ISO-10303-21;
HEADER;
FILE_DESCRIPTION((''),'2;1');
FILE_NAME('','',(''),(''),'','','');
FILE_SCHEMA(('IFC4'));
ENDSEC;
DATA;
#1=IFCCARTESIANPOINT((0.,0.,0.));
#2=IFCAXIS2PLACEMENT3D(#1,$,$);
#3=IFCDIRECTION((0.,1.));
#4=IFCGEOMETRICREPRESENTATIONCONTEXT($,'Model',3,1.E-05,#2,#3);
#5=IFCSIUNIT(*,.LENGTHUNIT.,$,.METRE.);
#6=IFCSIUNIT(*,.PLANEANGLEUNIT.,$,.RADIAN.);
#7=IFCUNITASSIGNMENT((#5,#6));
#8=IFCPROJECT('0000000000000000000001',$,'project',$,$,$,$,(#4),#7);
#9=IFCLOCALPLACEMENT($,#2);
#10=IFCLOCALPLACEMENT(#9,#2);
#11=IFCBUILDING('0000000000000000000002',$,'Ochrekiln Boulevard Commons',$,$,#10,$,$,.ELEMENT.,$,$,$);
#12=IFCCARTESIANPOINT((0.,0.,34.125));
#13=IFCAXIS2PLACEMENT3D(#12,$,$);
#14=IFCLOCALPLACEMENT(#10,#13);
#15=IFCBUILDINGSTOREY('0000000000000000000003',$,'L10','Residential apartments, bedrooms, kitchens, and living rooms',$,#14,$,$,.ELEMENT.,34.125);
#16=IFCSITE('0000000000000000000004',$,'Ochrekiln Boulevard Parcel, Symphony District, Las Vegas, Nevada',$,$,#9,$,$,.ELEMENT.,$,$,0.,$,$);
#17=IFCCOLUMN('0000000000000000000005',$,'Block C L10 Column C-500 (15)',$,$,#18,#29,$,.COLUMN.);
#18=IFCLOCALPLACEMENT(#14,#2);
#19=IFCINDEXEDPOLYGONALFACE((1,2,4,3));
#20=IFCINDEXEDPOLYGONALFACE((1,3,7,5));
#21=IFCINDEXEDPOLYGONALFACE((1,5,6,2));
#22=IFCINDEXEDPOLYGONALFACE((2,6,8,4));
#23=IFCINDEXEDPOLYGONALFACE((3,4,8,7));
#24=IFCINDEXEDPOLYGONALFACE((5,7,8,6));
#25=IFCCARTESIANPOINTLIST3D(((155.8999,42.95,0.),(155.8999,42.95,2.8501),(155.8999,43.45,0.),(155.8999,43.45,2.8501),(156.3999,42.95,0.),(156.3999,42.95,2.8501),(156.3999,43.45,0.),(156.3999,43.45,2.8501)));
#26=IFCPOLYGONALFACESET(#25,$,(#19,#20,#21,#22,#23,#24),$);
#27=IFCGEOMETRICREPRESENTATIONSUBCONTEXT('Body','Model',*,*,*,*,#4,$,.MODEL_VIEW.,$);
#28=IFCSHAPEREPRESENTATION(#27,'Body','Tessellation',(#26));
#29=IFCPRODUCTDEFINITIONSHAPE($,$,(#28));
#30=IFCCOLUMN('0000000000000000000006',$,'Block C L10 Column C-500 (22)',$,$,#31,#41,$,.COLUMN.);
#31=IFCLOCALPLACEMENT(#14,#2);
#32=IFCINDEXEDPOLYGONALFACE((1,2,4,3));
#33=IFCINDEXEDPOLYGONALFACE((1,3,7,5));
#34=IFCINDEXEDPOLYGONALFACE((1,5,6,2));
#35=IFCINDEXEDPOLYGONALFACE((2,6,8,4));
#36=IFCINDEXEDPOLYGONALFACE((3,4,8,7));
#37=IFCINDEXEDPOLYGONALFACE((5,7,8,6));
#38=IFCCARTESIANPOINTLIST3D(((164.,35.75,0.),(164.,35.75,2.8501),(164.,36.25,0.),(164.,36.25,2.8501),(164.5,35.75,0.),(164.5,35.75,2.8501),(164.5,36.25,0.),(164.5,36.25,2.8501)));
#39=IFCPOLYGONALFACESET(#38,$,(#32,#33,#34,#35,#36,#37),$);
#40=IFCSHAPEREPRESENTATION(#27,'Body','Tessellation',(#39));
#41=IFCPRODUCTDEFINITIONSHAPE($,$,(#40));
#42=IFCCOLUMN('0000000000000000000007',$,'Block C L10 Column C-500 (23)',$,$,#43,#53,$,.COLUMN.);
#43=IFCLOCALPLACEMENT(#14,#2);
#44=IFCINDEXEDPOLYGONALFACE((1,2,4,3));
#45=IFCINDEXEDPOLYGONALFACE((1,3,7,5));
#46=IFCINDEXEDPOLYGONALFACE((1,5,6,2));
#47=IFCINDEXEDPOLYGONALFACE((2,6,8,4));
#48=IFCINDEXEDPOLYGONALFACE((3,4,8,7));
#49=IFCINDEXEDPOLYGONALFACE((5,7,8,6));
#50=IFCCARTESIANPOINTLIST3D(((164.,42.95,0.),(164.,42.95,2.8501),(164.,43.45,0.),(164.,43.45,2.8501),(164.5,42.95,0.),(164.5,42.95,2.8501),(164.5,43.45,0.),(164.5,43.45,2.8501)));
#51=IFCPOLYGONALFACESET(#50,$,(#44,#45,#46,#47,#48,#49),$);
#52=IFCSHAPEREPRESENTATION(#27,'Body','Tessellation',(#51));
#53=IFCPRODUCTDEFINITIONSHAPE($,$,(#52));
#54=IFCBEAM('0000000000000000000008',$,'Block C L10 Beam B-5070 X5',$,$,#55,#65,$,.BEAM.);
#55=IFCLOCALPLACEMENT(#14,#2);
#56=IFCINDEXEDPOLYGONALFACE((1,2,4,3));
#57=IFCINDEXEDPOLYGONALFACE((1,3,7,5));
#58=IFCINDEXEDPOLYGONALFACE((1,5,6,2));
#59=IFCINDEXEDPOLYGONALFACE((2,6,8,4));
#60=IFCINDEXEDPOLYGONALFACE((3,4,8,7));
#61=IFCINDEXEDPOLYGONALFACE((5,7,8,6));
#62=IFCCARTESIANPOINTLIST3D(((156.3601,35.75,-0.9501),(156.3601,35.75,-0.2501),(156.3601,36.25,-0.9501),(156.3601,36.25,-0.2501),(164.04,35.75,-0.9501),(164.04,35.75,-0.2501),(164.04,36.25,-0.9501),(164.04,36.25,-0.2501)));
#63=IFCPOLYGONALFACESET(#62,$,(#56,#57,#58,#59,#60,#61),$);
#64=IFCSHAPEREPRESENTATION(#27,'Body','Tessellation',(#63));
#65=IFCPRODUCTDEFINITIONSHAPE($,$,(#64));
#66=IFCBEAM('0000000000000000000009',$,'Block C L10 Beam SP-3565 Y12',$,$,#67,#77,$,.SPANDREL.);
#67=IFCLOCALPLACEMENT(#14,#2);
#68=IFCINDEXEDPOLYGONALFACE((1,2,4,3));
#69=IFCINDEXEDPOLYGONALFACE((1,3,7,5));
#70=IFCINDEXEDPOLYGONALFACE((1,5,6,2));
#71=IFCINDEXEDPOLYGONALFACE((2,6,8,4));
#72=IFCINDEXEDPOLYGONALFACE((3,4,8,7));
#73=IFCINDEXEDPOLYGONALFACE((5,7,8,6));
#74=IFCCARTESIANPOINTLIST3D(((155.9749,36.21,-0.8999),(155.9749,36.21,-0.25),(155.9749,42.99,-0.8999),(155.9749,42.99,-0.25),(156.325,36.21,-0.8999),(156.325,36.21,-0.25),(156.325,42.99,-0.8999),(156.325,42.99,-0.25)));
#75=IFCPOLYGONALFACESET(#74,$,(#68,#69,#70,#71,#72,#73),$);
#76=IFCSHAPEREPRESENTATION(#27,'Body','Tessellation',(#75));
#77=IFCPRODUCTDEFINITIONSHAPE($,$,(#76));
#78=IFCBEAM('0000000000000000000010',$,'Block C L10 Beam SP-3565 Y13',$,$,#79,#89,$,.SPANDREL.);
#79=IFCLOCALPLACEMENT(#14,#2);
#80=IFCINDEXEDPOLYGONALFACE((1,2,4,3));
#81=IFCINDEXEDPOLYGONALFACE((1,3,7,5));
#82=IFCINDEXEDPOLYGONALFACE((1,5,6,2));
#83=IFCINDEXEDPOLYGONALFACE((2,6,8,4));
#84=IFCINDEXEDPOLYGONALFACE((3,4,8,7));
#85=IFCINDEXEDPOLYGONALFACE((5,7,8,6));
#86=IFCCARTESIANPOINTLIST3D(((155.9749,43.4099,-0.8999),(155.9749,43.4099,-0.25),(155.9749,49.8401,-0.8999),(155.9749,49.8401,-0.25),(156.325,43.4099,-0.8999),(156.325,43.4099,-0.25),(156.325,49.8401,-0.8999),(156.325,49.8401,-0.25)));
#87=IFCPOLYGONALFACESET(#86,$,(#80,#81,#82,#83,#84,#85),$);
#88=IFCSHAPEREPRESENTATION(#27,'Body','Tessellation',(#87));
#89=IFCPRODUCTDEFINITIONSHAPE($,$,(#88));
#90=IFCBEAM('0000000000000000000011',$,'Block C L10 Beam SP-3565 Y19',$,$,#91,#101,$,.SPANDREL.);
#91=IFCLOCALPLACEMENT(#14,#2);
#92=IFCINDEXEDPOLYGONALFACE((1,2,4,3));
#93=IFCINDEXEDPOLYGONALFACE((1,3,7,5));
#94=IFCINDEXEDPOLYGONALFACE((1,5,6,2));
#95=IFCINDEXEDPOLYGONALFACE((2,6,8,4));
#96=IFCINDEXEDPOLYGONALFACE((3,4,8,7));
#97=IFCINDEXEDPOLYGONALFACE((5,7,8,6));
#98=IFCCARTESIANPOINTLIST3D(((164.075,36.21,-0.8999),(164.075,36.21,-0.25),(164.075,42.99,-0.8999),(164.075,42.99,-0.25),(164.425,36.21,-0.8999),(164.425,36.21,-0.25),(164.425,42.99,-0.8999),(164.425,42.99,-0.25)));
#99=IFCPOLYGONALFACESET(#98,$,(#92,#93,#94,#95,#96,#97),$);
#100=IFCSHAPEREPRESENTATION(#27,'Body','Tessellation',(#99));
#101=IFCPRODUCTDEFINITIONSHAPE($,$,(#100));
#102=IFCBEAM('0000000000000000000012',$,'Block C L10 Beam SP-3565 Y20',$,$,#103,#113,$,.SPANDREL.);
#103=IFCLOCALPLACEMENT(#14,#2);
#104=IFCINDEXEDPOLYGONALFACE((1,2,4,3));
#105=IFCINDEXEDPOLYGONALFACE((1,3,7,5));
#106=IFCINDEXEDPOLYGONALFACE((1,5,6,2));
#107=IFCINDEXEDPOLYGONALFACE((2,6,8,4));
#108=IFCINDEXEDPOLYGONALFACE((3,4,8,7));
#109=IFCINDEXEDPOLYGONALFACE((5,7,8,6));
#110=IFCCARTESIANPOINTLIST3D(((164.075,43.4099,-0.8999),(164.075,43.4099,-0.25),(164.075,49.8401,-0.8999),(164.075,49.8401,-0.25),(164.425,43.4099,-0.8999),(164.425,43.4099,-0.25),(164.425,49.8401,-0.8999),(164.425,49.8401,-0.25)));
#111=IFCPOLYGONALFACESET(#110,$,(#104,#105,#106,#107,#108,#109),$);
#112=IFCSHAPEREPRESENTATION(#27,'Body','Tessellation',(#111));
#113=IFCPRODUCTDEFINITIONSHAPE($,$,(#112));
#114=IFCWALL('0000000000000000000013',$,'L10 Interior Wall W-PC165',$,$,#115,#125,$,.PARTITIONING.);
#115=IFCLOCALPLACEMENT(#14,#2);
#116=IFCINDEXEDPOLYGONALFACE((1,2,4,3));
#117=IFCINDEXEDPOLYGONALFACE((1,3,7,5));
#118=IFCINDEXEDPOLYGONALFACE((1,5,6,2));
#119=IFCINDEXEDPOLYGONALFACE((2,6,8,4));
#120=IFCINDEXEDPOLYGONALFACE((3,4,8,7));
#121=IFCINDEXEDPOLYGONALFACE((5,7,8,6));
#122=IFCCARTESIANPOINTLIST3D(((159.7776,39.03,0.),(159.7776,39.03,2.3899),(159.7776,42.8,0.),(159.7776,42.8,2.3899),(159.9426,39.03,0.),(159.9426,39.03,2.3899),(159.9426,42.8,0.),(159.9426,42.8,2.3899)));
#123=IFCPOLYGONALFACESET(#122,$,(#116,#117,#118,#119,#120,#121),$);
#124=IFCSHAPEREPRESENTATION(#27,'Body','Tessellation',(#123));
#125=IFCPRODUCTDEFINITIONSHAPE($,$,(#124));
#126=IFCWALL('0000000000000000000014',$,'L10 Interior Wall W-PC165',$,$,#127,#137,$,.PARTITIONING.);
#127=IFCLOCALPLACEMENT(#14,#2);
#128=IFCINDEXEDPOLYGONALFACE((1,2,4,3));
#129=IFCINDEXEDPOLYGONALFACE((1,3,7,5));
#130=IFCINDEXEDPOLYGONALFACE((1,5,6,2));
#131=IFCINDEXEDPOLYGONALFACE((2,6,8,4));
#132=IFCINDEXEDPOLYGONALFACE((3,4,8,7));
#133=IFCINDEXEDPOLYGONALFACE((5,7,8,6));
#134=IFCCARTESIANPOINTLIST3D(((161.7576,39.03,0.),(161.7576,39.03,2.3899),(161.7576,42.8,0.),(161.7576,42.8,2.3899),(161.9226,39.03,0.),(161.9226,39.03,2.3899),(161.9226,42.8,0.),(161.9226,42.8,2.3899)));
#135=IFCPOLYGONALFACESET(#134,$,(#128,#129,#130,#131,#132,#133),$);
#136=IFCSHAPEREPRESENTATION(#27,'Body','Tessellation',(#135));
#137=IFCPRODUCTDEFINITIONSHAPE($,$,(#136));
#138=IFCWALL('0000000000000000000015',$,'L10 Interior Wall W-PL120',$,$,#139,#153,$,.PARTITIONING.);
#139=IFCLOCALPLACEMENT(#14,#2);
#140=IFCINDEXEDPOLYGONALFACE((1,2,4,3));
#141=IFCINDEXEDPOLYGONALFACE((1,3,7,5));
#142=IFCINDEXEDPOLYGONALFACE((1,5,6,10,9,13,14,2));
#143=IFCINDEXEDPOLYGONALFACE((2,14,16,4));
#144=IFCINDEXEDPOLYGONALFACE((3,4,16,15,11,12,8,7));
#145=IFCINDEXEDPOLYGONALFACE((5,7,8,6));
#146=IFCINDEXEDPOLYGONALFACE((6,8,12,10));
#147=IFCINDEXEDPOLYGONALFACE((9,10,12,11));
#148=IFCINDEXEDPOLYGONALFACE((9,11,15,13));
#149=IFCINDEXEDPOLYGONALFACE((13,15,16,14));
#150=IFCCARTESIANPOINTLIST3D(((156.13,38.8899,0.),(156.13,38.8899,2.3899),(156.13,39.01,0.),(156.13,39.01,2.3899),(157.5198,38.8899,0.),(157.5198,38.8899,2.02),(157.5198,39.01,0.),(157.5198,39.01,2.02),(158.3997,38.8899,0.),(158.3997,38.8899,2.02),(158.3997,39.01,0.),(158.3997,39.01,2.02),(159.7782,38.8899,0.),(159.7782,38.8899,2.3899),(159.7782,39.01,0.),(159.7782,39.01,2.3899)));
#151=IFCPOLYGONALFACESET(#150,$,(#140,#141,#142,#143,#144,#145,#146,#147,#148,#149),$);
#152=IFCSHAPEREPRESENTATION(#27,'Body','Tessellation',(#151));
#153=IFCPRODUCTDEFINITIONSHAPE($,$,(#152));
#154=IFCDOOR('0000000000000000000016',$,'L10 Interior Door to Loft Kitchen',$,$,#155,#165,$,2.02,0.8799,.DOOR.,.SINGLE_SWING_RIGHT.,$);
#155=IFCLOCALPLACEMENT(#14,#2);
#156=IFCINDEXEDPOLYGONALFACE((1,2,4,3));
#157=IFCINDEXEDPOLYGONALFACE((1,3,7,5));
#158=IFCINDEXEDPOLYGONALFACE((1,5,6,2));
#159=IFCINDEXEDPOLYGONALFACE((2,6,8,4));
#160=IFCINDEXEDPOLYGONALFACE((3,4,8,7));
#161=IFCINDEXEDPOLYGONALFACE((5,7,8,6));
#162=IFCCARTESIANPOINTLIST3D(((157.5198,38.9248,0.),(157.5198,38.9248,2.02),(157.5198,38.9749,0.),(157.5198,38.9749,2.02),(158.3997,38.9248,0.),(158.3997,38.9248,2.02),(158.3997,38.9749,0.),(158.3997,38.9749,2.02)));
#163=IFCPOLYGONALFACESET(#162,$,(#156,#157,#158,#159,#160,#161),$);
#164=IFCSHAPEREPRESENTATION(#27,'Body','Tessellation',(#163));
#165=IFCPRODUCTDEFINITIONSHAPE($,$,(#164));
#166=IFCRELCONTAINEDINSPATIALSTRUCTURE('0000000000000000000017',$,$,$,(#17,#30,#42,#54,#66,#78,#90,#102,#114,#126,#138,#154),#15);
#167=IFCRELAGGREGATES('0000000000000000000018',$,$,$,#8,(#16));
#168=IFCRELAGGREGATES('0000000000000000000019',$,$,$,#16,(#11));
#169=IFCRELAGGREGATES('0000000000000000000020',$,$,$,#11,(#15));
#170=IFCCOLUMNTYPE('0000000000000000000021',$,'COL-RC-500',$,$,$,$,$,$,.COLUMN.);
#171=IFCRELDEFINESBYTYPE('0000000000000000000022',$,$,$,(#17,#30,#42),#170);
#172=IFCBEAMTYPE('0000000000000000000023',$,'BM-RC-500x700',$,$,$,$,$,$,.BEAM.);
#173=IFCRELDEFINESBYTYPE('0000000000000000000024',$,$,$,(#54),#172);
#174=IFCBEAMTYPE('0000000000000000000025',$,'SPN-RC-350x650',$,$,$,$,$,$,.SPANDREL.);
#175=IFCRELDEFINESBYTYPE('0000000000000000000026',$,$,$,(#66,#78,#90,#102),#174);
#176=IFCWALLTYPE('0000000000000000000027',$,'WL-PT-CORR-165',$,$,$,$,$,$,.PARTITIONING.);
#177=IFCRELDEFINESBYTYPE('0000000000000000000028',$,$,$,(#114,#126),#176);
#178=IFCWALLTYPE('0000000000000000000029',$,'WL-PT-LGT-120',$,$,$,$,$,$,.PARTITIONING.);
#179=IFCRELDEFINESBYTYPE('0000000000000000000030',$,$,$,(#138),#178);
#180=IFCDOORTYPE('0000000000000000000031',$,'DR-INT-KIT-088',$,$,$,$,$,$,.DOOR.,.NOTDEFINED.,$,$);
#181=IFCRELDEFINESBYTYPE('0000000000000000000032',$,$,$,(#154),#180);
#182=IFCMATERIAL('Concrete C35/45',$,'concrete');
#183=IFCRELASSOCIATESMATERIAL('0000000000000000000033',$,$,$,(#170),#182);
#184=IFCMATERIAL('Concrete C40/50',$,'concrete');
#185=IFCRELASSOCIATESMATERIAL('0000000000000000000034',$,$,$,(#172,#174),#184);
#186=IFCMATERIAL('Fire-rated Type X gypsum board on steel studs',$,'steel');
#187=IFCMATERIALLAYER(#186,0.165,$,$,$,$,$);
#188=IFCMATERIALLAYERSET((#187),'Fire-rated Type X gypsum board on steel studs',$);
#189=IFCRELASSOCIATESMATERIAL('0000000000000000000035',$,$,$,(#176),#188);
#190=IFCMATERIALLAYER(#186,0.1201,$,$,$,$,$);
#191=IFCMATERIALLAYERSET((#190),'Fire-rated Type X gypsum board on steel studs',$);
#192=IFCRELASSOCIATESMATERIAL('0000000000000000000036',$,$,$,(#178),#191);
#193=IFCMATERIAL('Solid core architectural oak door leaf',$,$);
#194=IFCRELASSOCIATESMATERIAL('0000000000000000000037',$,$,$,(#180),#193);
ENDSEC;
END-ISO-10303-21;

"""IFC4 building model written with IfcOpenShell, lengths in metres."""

from ifc_helpers import new_model, si_unit, direction, frame, frame_2d, origin, origin_2d, place, context, subcontext, project, spatial, rectangle, extrude, material, layer, layer_set, material_profile, profile_set, type_object, element, fill, save


model = new_model("IFC4")

# Units and contexts
model_context = context("Model", 3, precision=1e-05, world=origin(), true_north=direction((0.0, 1.0)))
body_context = subcontext(model_context, "Body", "Model", "MODEL_VIEW")
ifc_project = project(units=[si_unit("LENGTHUNIT", "METRE"), si_unit("PLANEANGLEUNIT", "RADIAN")], contexts=[model_context])

# Site, building, storey
site_placement = place(None, origin())
site = spatial("IfcSite", under=ifc_project, at=site_placement, Name="Ochrekiln Boulevard Parcel, Symphony District, Las Vegas, Nevada", CompositionType="ELEMENT", RefElevation=0.0)
building_placement = place(site_placement, origin())
building = spatial("IfcBuilding", under=site, at=building_placement, Name="Ochrekiln Boulevard Commons", CompositionType="ELEMENT")
storey_placement = place(building_placement, frame((0.0, 0.0, 34.125)))
storey = spatial("IfcBuildingStorey", under=building, at=storey_placement, Name="L10", Description="Residential apartments, bedrooms, kitchens, and living rooms", CompositionType="ELEMENT", Elevation=34.125)

# Columns
ifc_material_1 = material(Name="Concrete C35/45", Category="concrete")
ifc_material_profile_1 = material_profile(ifc_material_1, rectangle(XDim=0.5, YDim=0.5, at=origin_2d()), Name="RC-COL-500x500")
ifc_profile_set_1 = profile_set([ifc_material_profile_1], Name="Concrete C35/45")
column_type = type_object("IfcColumnType", Name="COL-RC-500", PredefinedType="COLUMN", material=ifc_profile_set_1)
for number, where, z_axis, x_axis, name in (
    (1, (156.1499, 43.2, 0.0), (0.0, 0.0, 1.0), (1.0, 0.0, 0.0), "Block C L10 Column C-500 (15)"),
    (2, (164.25, 36.0, 0.0), (0.0, 0.0, 1.0), (1.0, 0.0, 0.0), "Block C L10 Column C-500 (22)"),
    (3, (164.25, 43.2, 0.0), (0.0, 0.0, 1.0), (1.0, 0.0, 0.0), "Block C L10 Column C-500 (23)"),
):
    element("IfcColumn", number, at=place(storey_placement, frame(where, z_axis=z_axis, x_axis=x_axis)), inside=storey, type_object=column_type, Name=name, PredefinedType="COLUMN", context=body_context, shape_type="SweptSolid", body=[
        extrude(rectangle(XDim=0.5, YDim=0.5, at=origin_2d()), origin(), (0.0, 0.0, 1.0), 2.8501),
    ])

# Beams
ifc_material_2 = material(Name="Concrete C40/50", Category="concrete")
ifc_material_profile_2 = material_profile(ifc_material_2, rectangle(XDim=0.5, YDim=0.7, at=origin_2d()), Name="RC-BM-500x700")
ifc_profile_set_2 = profile_set([ifc_material_profile_2], Name="Concrete C40/50")
beam_type_1 = type_object("IfcBeamType", Name="BM-RC-500x700", PredefinedType="BEAM", material=ifc_profile_set_2)
beam_1_placement = place(storey_placement, frame((156.3601, 36.0, -0.6001), z_axis=(1.0, 0.0, 0.0), x_axis=(0.0, 1.0, 0.0)))
element("IfcBeam", 4, at=beam_1_placement, inside=storey, type_object=beam_type_1, Name="Block C L10 Beam B-5070 X5", PredefinedType="BEAM", context=body_context, shape_type="SweptSolid", body=[
    extrude(rectangle(XDim=0.5, YDim=0.7, at=origin_2d()), origin(), (0.0, 0.0, 1.0), 7.6799),
])
ifc_material_profile_3 = material_profile(ifc_material_2, rectangle(XDim=0.3501, YDim=0.6499, at=origin_2d()), Name="RC-SPN-350x650")
ifc_profile_set_3 = profile_set([ifc_material_profile_3], Name="Concrete C40/50")
beam_type_2 = type_object("IfcBeamType", Name="SPN-RC-350x650", PredefinedType="SPANDREL", material=ifc_profile_set_3)
beam_2_placement = place(storey_placement, frame((156.1499, 36.21, -0.575), z_axis=(0.0, 1.0, 0.0), x_axis=(-1.0, 0.0, 0.0)))
element("IfcBeam", 5, at=beam_2_placement, inside=storey, type_object=beam_type_2, Name="Block C L10 Beam SP-3565 Y12", PredefinedType="SPANDREL", context=body_context, shape_type="SweptSolid", body=[
    extrude(rectangle(XDim=0.3501, YDim=0.6499, at=origin_2d()), origin(), (0.0, 0.0, 1.0), 6.78),
])
beam_3_placement = place(storey_placement, frame((156.1499, 43.4099, -0.575), z_axis=(0.0, 1.0, 0.0), x_axis=(-1.0, 0.0, 0.0)))
element("IfcBeam", 6, at=beam_3_placement, inside=storey, type_object=beam_type_2, Name="Block C L10 Beam SP-3565 Y13", PredefinedType="SPANDREL", context=body_context, shape_type="SweptSolid", body=[
    extrude(rectangle(XDim=0.3501, YDim=0.6499, at=origin_2d()), origin(), (0.0, 0.0, 1.0), 6.4302),
])
beam_4_placement = place(storey_placement, frame((164.25, 36.21, -0.575), z_axis=(0.0, 1.0, 0.0), x_axis=(-1.0, 0.0, 0.0)))
element("IfcBeam", 7, at=beam_4_placement, inside=storey, type_object=beam_type_2, Name="Block C L10 Beam SP-3565 Y19", PredefinedType="SPANDREL", context=body_context, shape_type="SweptSolid", body=[
    extrude(rectangle(XDim=0.3501, YDim=0.6499, at=origin_2d()), origin(), (0.0, 0.0, 1.0), 6.78),
])
beam_5_placement = place(storey_placement, frame((164.25, 43.4099, -0.575), z_axis=(0.0, 1.0, 0.0), x_axis=(-1.0, 0.0, 0.0)))
element("IfcBeam", 8, at=beam_5_placement, inside=storey, type_object=beam_type_2, Name="Block C L10 Beam SP-3565 Y20", PredefinedType="SPANDREL", context=body_context, shape_type="SweptSolid", body=[
    extrude(rectangle(XDim=0.3501, YDim=0.6499, at=origin_2d()), origin(), (0.0, 0.0, 1.0), 6.4302),
])

# Walls
ifc_material_3 = material(Name="Fire-rated Type X gypsum board on steel studs", Category="steel")
ifc_layer_1 = layer(ifc_material_3, 0.165)
ifc_layer_set_1 = layer_set([ifc_layer_1], Name="Fire-rated Type X gypsum board on steel studs")
wall_type_1 = type_object("IfcWallType", Name="WL-PT-CORR-165", PredefinedType="PARTITIONING", material=ifc_layer_set_1)
for number, where, z_axis, x_axis, name in (
    (9, (159.8601, 39.03, 0.0), (0.0, 0.0, 1.0), (0.0, 1.0, 0.0), "L10 Interior Wall W-PC165"),
    (10, (161.8401, 39.03, 0.0), (0.0, 0.0, 1.0), (0.0, 1.0, 0.0), "L10 Interior Wall W-PC165"),
):
    element("IfcWall", number, at=place(storey_placement, frame(where, z_axis=z_axis, x_axis=x_axis)), inside=storey, type_object=wall_type_1, Name=name, PredefinedType="PARTITIONING", context=body_context, shape_type="SweptSolid", body=[
        extrude(rectangle(XDim=3.77, YDim=0.165, at=frame_2d((1.885, 0.0))), origin(), (0.0, 0.0, 1.0), 2.3899),
    ])

# Wall, opening, door
ifc_layer_2 = layer(ifc_material_3, 0.1201)
ifc_layer_set_2 = layer_set([ifc_layer_2], Name="Fire-rated Type X gypsum board on steel studs")
wall_type_2 = type_object("IfcWallType", Name="WL-PT-LGT-120", PredefinedType="PARTITIONING", material=ifc_layer_set_2)
wall_1_placement = place(storey_placement, frame((156.1299, 38.95, 0.0), z_axis=(0.0, 0.0, 1.0), x_axis=(1.0, 0.0, 0.0)))
wall_1 = element("IfcWall", 11, at=wall_1_placement, inside=storey, type_object=wall_type_2, Name="L10 Interior Wall W-PL120", PredefinedType="PARTITIONING", context=body_context, shape_type="SweptSolid", body=[
    extrude(rectangle(XDim=3.6482, YDim=0.1201, at=frame_2d((1.8242, 0.0))), origin(), (0.0, 0.0, 1.0), 2.3899),
])
opening_1_placement = place(wall_1_placement, frame((1.3899, 0.0, 0.0)))
opening_1 = element("IfcOpeningElement", 12, at=opening_1_placement, cuts=wall_1, PredefinedType="OPENING", context=body_context, shape_type="SweptSolid", body=[
    extrude(rectangle(XDim=0.8799, YDim=2.02, at=frame_2d((0.4399, 1.01))), frame((0.0, 0.0701, 0.0), z_axis=(0.0, -1.0, 0.0), x_axis=(1.0, 0.0, 0.0)), (0.0, 0.0, 1.0), 0.1401),
])
ifc_material_4 = material(Name="Solid core architectural oak door leaf")
door_type_1 = type_object("IfcDoorType", Name="DR-INT-KIT-088", OperationType="NOTDEFINED", PredefinedType="DOOR", material=ifc_material_4)
door_1_placement = place(opening_1_placement, origin())
door_1 = element("IfcDoor", 13, at=door_1_placement, inside=storey, type_object=door_type_1, Name="L10 Interior Door to Loft Kitchen", OperationType="SINGLE_SWING_RIGHT", OverallHeight=2.02, OverallWidth=0.8799, PredefinedType="DOOR", context=body_context, shape_type="SweptSolid", body=[
    extrude(rectangle(XDim=0.8799, YDim=2.02, at=frame_2d((0.4399, 1.01))), frame((0.0, 0.0249, 0.0), z_axis=(0.0, -1.0, 0.0), x_axis=(1.0, 0.0, 0.0)), (0.0, 0.0, 1.0), 0.05),
])
fill(opening_1, door_1)

save(model, "model.ifc")
